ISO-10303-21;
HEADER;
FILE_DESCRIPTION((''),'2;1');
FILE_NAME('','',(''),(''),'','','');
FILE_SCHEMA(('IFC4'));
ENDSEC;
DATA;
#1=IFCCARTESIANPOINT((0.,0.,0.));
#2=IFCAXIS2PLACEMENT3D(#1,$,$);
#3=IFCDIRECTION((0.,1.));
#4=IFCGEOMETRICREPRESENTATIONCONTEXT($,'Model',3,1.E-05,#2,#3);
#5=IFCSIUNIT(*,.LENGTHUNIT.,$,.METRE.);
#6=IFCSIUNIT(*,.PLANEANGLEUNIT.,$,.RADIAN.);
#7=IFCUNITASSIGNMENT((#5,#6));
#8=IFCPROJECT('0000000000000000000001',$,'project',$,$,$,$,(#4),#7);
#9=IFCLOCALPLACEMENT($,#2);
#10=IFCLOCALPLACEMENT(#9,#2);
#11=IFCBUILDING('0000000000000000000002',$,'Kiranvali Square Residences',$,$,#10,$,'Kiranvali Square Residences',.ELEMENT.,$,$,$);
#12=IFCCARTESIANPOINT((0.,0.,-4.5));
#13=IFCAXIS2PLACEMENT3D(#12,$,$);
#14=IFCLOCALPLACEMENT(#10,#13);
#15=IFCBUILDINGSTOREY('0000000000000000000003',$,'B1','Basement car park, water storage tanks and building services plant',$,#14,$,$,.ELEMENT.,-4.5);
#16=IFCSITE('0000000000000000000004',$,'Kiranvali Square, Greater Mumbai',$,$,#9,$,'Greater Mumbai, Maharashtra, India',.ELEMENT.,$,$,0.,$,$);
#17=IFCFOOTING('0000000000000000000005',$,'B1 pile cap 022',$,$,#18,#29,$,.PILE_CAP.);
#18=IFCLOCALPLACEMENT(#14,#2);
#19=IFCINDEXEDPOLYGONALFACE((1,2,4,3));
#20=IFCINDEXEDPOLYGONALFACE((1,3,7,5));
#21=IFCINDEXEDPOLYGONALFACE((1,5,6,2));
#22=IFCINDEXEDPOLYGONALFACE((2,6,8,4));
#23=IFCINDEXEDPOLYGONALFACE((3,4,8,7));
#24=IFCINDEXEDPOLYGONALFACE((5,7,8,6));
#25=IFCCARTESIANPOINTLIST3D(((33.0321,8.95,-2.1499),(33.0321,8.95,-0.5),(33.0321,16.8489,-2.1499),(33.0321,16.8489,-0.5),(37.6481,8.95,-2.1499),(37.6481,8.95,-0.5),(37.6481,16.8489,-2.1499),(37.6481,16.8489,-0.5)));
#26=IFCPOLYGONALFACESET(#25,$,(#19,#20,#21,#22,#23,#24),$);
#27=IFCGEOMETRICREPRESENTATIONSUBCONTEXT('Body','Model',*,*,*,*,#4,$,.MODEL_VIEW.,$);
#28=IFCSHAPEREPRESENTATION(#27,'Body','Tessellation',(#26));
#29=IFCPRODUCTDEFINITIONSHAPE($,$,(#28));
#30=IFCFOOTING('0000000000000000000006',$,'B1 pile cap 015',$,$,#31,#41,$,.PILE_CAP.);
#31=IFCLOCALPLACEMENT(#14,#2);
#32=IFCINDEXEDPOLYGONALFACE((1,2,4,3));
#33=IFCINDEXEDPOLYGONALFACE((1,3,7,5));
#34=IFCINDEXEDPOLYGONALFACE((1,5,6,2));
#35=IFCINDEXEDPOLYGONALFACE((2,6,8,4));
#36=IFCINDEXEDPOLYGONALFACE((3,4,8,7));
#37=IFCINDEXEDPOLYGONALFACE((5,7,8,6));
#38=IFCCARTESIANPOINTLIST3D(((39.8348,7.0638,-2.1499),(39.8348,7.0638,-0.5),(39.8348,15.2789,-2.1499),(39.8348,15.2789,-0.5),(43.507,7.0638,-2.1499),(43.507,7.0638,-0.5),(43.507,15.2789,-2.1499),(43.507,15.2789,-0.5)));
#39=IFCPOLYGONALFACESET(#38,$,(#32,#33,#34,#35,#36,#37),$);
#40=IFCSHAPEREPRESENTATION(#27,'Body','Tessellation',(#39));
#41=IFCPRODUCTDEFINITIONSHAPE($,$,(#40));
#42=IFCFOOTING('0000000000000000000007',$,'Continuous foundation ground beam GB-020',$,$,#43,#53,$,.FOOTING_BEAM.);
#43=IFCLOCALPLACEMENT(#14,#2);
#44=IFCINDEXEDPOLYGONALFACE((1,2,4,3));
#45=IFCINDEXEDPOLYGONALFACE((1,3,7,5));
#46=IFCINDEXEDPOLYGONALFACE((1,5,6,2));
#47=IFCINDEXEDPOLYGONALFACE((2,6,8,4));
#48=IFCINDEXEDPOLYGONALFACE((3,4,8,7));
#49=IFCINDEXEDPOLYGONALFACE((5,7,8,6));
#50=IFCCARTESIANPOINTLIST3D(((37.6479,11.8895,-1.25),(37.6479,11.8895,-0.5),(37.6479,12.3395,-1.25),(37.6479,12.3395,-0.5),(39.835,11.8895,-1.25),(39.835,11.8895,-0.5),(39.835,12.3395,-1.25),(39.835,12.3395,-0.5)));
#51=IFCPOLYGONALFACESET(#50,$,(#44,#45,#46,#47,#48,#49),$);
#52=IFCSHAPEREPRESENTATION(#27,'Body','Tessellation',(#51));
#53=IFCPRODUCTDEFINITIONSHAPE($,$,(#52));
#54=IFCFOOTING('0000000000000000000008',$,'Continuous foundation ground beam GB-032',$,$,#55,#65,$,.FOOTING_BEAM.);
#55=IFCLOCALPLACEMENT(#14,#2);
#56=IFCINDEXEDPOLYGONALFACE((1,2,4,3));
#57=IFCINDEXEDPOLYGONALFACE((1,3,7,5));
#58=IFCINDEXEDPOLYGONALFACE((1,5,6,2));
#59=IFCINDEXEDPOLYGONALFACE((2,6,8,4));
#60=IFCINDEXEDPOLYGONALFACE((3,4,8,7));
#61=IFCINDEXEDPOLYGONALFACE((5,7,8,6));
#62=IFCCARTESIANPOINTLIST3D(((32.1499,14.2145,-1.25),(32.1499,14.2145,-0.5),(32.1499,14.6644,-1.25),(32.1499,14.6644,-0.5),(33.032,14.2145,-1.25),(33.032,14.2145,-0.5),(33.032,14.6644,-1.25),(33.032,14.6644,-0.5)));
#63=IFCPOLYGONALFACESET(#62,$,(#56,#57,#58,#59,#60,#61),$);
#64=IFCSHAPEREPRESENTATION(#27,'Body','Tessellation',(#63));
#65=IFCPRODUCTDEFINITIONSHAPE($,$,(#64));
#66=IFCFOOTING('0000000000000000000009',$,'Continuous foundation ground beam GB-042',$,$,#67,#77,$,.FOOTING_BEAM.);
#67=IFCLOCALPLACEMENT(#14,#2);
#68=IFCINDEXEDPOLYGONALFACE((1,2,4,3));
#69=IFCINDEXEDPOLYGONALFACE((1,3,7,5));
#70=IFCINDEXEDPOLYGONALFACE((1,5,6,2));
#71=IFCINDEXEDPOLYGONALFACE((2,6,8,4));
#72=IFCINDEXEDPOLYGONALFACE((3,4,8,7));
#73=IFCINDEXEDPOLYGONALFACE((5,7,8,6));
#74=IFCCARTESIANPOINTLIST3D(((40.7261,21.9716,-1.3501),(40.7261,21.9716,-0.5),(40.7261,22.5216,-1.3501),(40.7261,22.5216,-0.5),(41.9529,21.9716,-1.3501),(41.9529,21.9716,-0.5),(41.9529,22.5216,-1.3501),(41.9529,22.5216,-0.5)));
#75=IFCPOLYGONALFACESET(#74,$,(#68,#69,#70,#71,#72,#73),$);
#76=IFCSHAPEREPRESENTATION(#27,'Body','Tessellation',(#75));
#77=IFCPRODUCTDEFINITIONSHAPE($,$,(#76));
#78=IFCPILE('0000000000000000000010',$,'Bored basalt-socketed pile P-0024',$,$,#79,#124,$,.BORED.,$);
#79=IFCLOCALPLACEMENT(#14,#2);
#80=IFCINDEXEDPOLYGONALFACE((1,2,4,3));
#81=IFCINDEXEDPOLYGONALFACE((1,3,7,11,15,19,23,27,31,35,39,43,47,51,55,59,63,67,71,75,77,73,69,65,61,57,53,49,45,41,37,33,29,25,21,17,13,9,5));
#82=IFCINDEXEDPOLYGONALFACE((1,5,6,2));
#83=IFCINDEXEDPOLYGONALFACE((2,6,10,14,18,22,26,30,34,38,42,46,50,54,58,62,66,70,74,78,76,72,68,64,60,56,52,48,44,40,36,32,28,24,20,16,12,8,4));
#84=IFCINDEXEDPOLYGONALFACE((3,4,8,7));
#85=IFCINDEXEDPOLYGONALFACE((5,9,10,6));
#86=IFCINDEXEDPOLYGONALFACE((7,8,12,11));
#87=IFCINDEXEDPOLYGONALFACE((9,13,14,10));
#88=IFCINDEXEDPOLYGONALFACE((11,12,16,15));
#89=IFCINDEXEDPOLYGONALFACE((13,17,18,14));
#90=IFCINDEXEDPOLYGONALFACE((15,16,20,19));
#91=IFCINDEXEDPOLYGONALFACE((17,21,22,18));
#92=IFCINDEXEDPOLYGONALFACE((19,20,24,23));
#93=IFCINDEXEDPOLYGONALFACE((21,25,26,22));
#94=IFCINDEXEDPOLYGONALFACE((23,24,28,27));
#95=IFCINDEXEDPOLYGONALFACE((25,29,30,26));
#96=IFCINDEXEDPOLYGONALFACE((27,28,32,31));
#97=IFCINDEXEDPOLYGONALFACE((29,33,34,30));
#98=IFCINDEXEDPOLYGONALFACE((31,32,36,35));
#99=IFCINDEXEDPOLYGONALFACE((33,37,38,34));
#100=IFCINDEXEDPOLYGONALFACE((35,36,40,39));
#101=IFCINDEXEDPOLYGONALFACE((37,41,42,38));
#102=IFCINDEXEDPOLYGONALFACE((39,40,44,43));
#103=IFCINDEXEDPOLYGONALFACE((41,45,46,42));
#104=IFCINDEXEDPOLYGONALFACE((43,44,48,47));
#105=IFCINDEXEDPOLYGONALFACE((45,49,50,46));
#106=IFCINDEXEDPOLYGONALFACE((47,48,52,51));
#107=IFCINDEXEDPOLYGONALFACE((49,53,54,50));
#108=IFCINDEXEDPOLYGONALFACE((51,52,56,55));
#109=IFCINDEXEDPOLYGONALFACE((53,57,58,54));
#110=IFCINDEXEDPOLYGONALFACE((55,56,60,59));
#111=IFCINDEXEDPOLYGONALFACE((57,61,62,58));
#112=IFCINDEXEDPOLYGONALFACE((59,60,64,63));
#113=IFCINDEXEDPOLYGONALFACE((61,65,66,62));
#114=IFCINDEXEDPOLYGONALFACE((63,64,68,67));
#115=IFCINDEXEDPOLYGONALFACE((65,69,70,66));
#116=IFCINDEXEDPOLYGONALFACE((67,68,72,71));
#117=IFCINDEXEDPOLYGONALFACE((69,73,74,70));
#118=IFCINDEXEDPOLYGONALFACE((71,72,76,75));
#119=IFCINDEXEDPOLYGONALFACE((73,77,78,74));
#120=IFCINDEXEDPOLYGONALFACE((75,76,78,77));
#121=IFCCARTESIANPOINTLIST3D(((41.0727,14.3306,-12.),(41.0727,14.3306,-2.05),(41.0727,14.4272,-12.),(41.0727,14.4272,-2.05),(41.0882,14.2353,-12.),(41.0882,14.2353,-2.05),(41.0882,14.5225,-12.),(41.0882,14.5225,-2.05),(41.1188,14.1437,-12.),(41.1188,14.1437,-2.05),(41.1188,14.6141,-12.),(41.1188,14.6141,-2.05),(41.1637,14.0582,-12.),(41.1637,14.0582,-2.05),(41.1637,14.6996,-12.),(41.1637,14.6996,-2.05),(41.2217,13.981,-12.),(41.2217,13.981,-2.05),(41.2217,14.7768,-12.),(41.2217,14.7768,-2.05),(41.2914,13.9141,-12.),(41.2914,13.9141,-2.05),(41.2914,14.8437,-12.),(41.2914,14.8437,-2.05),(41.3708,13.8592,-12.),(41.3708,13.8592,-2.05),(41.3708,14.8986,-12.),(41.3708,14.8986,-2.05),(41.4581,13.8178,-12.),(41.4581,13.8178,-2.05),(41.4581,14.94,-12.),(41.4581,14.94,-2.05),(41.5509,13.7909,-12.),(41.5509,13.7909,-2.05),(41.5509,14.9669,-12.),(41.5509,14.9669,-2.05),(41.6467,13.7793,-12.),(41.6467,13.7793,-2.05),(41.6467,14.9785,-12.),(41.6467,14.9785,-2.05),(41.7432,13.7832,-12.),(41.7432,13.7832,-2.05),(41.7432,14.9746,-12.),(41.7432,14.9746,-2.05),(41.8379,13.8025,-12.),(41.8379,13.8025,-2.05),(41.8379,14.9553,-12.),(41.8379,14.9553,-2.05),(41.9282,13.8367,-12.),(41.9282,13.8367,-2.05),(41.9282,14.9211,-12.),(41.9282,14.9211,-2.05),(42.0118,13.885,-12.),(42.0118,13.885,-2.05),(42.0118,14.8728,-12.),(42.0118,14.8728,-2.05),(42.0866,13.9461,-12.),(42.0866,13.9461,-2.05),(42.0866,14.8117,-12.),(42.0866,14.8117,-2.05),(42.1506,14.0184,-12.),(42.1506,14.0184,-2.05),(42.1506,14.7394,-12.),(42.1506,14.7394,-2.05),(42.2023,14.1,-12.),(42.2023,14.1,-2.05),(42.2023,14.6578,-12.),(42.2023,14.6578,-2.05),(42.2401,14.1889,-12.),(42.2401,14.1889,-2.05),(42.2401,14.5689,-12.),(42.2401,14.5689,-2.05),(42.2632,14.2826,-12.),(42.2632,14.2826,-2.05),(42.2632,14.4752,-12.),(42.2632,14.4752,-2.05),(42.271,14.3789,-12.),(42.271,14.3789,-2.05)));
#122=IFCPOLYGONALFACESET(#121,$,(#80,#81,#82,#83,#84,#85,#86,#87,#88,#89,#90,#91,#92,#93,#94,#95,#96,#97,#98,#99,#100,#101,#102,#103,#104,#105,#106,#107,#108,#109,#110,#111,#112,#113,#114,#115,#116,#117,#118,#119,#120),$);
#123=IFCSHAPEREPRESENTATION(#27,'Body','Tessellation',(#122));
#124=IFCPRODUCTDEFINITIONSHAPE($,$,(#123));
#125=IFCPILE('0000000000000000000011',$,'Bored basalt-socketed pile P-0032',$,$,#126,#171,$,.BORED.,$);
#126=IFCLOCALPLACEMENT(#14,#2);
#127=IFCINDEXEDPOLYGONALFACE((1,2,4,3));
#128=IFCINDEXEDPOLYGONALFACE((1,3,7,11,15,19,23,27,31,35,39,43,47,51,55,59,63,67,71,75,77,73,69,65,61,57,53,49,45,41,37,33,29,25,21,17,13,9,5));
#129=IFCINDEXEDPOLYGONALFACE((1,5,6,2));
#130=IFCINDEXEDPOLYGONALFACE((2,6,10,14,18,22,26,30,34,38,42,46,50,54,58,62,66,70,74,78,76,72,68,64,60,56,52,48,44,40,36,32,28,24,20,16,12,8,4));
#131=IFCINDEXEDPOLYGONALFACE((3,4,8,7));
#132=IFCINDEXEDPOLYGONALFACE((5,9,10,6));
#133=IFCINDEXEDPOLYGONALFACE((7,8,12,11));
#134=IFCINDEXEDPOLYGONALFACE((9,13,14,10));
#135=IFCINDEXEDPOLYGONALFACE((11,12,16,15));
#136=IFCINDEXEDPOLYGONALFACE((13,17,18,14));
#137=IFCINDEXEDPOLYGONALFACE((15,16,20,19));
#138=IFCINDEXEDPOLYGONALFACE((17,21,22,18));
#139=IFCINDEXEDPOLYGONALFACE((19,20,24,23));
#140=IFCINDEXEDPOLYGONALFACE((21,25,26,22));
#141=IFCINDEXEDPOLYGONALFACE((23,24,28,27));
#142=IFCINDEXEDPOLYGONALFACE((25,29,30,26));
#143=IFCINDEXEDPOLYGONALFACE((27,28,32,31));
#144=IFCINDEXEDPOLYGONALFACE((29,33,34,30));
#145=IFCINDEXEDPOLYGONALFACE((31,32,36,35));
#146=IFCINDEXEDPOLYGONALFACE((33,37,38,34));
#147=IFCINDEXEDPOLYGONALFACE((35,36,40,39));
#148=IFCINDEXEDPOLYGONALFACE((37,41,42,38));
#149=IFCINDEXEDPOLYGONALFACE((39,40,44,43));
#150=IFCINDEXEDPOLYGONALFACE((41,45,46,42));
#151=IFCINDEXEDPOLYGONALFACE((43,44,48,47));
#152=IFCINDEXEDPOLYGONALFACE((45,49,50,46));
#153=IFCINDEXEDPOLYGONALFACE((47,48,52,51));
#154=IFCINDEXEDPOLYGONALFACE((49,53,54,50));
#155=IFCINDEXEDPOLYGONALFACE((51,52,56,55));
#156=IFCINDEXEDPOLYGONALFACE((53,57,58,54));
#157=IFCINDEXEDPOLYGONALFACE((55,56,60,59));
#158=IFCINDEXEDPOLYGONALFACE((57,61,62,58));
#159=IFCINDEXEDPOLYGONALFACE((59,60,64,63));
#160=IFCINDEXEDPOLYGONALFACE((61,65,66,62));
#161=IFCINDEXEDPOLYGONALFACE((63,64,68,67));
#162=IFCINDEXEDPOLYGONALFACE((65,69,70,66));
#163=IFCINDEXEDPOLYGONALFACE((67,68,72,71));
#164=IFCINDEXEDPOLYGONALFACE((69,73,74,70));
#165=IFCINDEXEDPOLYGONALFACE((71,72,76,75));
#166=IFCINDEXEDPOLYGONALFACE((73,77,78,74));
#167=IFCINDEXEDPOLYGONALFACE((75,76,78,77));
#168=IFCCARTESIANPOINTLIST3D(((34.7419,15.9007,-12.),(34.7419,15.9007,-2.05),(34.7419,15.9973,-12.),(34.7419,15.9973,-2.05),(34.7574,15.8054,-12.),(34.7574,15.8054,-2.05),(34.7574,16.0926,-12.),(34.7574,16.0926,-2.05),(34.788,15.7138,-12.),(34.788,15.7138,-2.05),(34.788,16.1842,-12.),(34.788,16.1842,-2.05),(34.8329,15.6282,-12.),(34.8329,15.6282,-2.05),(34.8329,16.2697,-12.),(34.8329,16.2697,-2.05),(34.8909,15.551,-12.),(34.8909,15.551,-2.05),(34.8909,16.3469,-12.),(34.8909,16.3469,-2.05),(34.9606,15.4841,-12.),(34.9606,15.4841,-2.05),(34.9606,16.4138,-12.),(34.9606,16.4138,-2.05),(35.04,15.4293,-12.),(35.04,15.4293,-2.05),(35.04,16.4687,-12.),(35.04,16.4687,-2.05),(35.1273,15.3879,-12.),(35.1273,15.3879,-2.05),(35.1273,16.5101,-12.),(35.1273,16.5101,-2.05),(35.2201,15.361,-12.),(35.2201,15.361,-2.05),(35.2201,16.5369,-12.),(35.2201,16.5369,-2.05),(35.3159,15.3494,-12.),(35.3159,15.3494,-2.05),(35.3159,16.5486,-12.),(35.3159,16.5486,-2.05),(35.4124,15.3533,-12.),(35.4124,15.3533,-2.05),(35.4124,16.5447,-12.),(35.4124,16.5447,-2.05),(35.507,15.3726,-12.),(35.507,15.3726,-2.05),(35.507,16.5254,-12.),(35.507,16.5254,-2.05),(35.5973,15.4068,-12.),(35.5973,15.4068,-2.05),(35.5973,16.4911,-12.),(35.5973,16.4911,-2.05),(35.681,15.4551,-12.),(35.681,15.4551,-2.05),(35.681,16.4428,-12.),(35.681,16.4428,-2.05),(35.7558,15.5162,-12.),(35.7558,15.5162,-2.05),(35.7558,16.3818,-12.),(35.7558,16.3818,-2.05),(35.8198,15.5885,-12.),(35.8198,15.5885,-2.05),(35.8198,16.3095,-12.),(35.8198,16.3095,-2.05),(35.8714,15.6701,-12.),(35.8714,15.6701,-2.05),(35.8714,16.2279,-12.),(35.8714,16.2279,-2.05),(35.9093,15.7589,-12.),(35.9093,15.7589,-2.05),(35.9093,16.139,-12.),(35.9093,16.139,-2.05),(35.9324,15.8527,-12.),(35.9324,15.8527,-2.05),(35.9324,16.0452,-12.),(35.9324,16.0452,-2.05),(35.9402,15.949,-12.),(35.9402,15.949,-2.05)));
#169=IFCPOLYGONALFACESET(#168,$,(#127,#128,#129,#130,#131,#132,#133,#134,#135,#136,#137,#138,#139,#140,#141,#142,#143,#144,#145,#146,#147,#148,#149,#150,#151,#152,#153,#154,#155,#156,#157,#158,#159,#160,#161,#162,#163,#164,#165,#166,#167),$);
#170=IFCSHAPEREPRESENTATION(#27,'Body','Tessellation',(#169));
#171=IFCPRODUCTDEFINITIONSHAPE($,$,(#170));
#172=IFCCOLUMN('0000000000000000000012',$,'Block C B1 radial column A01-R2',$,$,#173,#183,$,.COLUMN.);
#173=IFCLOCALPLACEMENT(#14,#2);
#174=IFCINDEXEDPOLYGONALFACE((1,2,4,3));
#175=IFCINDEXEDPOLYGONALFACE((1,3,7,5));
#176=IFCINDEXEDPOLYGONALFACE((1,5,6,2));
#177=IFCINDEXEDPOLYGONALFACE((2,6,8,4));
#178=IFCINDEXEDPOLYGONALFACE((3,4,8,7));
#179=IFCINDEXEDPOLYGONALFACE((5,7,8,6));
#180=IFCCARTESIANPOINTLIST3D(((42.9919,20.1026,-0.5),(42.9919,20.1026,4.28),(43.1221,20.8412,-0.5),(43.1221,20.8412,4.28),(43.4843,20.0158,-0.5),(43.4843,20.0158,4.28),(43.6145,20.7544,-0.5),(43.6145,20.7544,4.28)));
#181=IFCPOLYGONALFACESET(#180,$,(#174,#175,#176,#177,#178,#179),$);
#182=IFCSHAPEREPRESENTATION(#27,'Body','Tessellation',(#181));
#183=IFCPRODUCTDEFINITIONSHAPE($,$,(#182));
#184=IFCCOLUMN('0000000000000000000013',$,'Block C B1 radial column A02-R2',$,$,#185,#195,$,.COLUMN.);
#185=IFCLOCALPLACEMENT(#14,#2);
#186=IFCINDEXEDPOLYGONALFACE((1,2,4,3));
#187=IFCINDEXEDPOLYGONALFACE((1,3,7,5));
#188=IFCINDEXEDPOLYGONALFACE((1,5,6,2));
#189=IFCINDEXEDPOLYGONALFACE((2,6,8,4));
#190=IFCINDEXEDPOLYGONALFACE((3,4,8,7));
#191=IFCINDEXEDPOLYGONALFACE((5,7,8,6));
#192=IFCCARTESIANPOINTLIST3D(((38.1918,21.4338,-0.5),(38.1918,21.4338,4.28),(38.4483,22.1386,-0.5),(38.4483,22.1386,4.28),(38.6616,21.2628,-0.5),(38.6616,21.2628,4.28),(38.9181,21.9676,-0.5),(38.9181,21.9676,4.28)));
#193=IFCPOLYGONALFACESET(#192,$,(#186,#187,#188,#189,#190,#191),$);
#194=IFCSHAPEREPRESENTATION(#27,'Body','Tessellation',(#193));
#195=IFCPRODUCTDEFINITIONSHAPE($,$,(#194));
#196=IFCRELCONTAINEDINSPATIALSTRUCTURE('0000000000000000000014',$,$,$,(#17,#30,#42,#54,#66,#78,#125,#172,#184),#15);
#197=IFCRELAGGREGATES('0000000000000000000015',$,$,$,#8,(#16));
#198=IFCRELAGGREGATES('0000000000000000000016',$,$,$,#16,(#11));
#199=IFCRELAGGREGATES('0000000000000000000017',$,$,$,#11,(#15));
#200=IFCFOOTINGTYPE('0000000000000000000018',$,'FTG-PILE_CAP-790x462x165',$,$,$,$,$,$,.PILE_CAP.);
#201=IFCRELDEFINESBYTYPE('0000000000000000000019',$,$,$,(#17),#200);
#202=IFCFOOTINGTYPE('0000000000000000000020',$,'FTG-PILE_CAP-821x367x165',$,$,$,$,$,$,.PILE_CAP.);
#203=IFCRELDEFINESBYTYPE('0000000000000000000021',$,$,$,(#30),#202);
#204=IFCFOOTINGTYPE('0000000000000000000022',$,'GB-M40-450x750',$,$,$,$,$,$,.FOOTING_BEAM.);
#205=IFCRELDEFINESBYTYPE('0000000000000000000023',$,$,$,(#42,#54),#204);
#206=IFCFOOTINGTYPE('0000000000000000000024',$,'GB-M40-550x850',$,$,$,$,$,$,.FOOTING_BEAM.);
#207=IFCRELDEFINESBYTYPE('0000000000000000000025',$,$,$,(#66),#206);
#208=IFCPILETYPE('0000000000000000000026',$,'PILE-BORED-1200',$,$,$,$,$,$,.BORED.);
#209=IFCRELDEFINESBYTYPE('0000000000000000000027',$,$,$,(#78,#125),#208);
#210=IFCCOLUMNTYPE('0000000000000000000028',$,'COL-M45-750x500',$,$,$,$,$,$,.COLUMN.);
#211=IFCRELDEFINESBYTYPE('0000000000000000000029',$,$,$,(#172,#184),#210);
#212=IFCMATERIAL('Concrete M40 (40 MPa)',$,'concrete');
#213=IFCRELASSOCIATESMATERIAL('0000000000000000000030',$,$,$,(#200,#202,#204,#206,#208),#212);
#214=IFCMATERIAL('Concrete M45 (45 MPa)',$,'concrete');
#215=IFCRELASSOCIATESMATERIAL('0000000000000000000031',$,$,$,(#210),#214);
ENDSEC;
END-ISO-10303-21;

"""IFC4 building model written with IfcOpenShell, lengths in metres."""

from ifc_helpers import new_model, si_unit, direction, frame, origin, origin_2d, place, context, subcontext, project, spatial, rectangle, circle, extrude, material, material_profile, profile_set, type_object, element, save


model = new_model("IFC4")

# Units and contexts
model_context = context("Model", 3, precision=1e-05, world=origin(), true_north=direction((0.0, 1.0)))
body_context = subcontext(model_context, "Body", "Model", "MODEL_VIEW")
ifc_project = project(units=[si_unit("LENGTHUNIT", "METRE"), si_unit("PLANEANGLEUNIT", "RADIAN")], contexts=[model_context])

# Site, building, storey
site_placement = place(None, origin())
site = spatial("IfcSite", under=ifc_project, at=site_placement, Name="Kiranvali Square, Greater Mumbai", LongName="Greater Mumbai, Maharashtra, India", CompositionType="ELEMENT", RefElevation=0.0)
building_placement = place(site_placement, origin())
building = spatial("IfcBuilding", under=site, at=building_placement, Name="Kiranvali Square Residences", LongName="Kiranvali Square Residences", CompositionType="ELEMENT")
storey_placement = place(building_placement, frame((0.0, 0.0, -4.5)))
storey = spatial("IfcBuildingStorey", under=building, at=storey_placement, Name="B1", Description="Basement car park, water storage tanks and building services plant", CompositionType="ELEMENT", Elevation=-4.5)

# Footings
ifc_material_1 = material(Name="Concrete M40 (40 MPa)", Category="concrete")
footing_type_1 = type_object("IfcFootingType", Name="FTG-PILE_CAP-790x462x165", PredefinedType="PILE_CAP", material=ifc_material_1)
footing_1_placement = place(storey_placement, frame((35.3401, 12.8994, -2.1499), z_axis=(0.0, 0.0, 1.0), x_axis=(0.0, 1.0, 0.0)))
element("IfcFooting", 1, at=footing_1_placement, inside=storey, type_object=footing_type_1, Name="B1 pile cap 022", PredefinedType="PILE_CAP", context=body_context, shape_type="SweptSolid", body=[
    extrude(rectangle(XDim=7.8989, YDim=4.616, at=origin_2d()), origin(), (0.0, 0.0, 1.0), 1.6499),
])
footing_type_2 = type_object("IfcFootingType", Name="FTG-PILE_CAP-821x367x165", PredefinedType="PILE_CAP", material=ifc_material_1)
footing_2_placement = place(storey_placement, frame((41.6709, 11.1714, -2.1499), z_axis=(0.0, 0.0, 1.0), x_axis=(0.0, 1.0, 0.0)))
element("IfcFooting", 2, at=footing_2_placement, inside=storey, type_object=footing_type_2, Name="B1 pile cap 015", PredefinedType="PILE_CAP", context=body_context, shape_type="SweptSolid", body=[
    extrude(rectangle(XDim=8.2151, YDim=3.6721, at=origin_2d()), origin(), (0.0, 0.0, 1.0), 1.6499),
])
ifc_material_profile_1 = material_profile(ifc_material_1, rectangle(XDim=0.45, YDim=0.75, at=origin_2d()), Name="GB 450x750")
ifc_profile_set_1 = profile_set([ifc_material_profile_1], Name="Concrete M40 (40 MPa)")
footing_type_3 = type_object("IfcFootingType", Name="GB-M40-450x750", PredefinedType="FOOTING_BEAM", material=ifc_profile_set_1)
footing_3_placement = place(storey_placement, frame((37.6479, 12.1145, -0.875), z_axis=(1.0, 0.0, 0.0), x_axis=(0.0, 1.0, 0.0)))
element("IfcFooting", 3, at=footing_3_placement, inside=storey, type_object=footing_type_3, Name="Continuous foundation ground beam GB-020", PredefinedType="FOOTING_BEAM", context=body_context, shape_type="SweptSolid", body=[
    extrude(rectangle(XDim=0.45, YDim=0.75, at=origin_2d()), origin(), (0.0, 0.0, 1.0), 2.187),
])
footing_4_placement = place(storey_placement, frame((32.1499, 14.4395, -0.875), z_axis=(1.0, 0.0, 0.0), x_axis=(0.0, 1.0, 0.0)))
element("IfcFooting", 4, at=footing_4_placement, inside=storey, type_object=footing_type_3, Name="Continuous foundation ground beam GB-032", PredefinedType="FOOTING_BEAM", context=body_context, shape_type="SweptSolid", body=[
    extrude(rectangle(XDim=0.45, YDim=0.75, at=origin_2d()), origin(), (0.0, 0.0, 1.0), 0.8821),
])
ifc_material_profile_2 = material_profile(ifc_material_1, rectangle(XDim=0.55, YDim=0.8501, at=origin_2d()), Name="GB 550x850")
ifc_profile_set_2 = profile_set([ifc_material_profile_2], Name="Concrete M40 (40 MPa)")
footing_type_4 = type_object("IfcFootingType", Name="GB-M40-550x850", PredefinedType="FOOTING_BEAM", material=ifc_profile_set_2)
footing_5_placement = place(storey_placement, frame((40.7261, 22.2466, -0.925), z_axis=(1.0, 0.0, 0.0), x_axis=(0.0, 1.0, 0.0)))
element("IfcFooting", 5, at=footing_5_placement, inside=storey, type_object=footing_type_4, Name="Continuous foundation ground beam GB-042", PredefinedType="FOOTING_BEAM", context=body_context, shape_type="SweptSolid", body=[
    extrude(rectangle(XDim=0.55, YDim=0.8501, at=origin_2d()), origin(), (0.0, 0.0, 1.0), 1.2268),
])

# Piles
ifc_material_profile_3 = material_profile(ifc_material_1, circle(Radius=0.6001, at=origin_2d()), Name="BORED PILE 1200")
ifc_profile_set_3 = profile_set([ifc_material_profile_3], Name="Concrete M40 (40 MPa)")
pile_type = type_object("IfcPileType", Name="PILE-BORED-1200", PredefinedType="BORED", material=ifc_profile_set_3)
for number, where, z_axis, x_axis, name in (
    (6, (41.6709, 14.3789, -2.05), (0.0, 0.0, -1.0), (1.0, 0.0, 0.0), "Bored basalt-socketed pile P-0024"),
    (7, (35.3401, 15.949, -2.05), (0.0, 0.0, -1.0), (1.0, 0.0, 0.0), "Bored basalt-socketed pile P-0032"),
):
    element("IfcPile", number, at=place(storey_placement, frame(where, z_axis=z_axis, x_axis=x_axis)), inside=storey, type_object=pile_type, Name=name, PredefinedType="BORED", context=body_context, shape_type="SweptSolid", body=[
        extrude(circle(Radius=0.6001, at=origin_2d()), origin(), (0.0, 0.0, 1.0), 9.95),
    ])

# Columns
ifc_material_2 = material(Name="Concrete M45 (45 MPa)", Category="concrete")
ifc_material_profile_4 = material_profile(ifc_material_2, rectangle(XDim=0.5, YDim=0.75, at=origin_2d()), Name="RC 750x500")
ifc_profile_set_4 = profile_set([ifc_material_profile_4], Name="Concrete M45 (45 MPa)")
column_type_1 = type_object("IfcColumnType", Name="COL-M45-750x500", PredefinedType="COLUMN", material=ifc_profile_set_4)
for number, where, z_axis, x_axis, name in (
    (8, (43.3032, 20.4285, -0.5), (0.0, 0.0, 1.0), (-0.984808, 0.173648, 0.0), "Block C B1 radial column A01-R2"),
    (9, (38.5549, 21.7007, -0.5), (0.0, 0.0, 1.0), (-0.939693, 0.34202, 0.0), "Block C B1 radial column A02-R2"),
):
    element("IfcColumn", number, at=place(storey_placement, frame(where, z_axis=z_axis, x_axis=x_axis)), inside=storey, type_object=column_type_1, Name=name, PredefinedType="COLUMN", context=body_context, shape_type="SweptSolid", body=[
        extrude(rectangle(XDim=0.5, YDim=0.75, at=origin_2d()), origin(), (0.0, 0.0, 1.0), 4.78),
    ])

save(model, "model.ifc")
